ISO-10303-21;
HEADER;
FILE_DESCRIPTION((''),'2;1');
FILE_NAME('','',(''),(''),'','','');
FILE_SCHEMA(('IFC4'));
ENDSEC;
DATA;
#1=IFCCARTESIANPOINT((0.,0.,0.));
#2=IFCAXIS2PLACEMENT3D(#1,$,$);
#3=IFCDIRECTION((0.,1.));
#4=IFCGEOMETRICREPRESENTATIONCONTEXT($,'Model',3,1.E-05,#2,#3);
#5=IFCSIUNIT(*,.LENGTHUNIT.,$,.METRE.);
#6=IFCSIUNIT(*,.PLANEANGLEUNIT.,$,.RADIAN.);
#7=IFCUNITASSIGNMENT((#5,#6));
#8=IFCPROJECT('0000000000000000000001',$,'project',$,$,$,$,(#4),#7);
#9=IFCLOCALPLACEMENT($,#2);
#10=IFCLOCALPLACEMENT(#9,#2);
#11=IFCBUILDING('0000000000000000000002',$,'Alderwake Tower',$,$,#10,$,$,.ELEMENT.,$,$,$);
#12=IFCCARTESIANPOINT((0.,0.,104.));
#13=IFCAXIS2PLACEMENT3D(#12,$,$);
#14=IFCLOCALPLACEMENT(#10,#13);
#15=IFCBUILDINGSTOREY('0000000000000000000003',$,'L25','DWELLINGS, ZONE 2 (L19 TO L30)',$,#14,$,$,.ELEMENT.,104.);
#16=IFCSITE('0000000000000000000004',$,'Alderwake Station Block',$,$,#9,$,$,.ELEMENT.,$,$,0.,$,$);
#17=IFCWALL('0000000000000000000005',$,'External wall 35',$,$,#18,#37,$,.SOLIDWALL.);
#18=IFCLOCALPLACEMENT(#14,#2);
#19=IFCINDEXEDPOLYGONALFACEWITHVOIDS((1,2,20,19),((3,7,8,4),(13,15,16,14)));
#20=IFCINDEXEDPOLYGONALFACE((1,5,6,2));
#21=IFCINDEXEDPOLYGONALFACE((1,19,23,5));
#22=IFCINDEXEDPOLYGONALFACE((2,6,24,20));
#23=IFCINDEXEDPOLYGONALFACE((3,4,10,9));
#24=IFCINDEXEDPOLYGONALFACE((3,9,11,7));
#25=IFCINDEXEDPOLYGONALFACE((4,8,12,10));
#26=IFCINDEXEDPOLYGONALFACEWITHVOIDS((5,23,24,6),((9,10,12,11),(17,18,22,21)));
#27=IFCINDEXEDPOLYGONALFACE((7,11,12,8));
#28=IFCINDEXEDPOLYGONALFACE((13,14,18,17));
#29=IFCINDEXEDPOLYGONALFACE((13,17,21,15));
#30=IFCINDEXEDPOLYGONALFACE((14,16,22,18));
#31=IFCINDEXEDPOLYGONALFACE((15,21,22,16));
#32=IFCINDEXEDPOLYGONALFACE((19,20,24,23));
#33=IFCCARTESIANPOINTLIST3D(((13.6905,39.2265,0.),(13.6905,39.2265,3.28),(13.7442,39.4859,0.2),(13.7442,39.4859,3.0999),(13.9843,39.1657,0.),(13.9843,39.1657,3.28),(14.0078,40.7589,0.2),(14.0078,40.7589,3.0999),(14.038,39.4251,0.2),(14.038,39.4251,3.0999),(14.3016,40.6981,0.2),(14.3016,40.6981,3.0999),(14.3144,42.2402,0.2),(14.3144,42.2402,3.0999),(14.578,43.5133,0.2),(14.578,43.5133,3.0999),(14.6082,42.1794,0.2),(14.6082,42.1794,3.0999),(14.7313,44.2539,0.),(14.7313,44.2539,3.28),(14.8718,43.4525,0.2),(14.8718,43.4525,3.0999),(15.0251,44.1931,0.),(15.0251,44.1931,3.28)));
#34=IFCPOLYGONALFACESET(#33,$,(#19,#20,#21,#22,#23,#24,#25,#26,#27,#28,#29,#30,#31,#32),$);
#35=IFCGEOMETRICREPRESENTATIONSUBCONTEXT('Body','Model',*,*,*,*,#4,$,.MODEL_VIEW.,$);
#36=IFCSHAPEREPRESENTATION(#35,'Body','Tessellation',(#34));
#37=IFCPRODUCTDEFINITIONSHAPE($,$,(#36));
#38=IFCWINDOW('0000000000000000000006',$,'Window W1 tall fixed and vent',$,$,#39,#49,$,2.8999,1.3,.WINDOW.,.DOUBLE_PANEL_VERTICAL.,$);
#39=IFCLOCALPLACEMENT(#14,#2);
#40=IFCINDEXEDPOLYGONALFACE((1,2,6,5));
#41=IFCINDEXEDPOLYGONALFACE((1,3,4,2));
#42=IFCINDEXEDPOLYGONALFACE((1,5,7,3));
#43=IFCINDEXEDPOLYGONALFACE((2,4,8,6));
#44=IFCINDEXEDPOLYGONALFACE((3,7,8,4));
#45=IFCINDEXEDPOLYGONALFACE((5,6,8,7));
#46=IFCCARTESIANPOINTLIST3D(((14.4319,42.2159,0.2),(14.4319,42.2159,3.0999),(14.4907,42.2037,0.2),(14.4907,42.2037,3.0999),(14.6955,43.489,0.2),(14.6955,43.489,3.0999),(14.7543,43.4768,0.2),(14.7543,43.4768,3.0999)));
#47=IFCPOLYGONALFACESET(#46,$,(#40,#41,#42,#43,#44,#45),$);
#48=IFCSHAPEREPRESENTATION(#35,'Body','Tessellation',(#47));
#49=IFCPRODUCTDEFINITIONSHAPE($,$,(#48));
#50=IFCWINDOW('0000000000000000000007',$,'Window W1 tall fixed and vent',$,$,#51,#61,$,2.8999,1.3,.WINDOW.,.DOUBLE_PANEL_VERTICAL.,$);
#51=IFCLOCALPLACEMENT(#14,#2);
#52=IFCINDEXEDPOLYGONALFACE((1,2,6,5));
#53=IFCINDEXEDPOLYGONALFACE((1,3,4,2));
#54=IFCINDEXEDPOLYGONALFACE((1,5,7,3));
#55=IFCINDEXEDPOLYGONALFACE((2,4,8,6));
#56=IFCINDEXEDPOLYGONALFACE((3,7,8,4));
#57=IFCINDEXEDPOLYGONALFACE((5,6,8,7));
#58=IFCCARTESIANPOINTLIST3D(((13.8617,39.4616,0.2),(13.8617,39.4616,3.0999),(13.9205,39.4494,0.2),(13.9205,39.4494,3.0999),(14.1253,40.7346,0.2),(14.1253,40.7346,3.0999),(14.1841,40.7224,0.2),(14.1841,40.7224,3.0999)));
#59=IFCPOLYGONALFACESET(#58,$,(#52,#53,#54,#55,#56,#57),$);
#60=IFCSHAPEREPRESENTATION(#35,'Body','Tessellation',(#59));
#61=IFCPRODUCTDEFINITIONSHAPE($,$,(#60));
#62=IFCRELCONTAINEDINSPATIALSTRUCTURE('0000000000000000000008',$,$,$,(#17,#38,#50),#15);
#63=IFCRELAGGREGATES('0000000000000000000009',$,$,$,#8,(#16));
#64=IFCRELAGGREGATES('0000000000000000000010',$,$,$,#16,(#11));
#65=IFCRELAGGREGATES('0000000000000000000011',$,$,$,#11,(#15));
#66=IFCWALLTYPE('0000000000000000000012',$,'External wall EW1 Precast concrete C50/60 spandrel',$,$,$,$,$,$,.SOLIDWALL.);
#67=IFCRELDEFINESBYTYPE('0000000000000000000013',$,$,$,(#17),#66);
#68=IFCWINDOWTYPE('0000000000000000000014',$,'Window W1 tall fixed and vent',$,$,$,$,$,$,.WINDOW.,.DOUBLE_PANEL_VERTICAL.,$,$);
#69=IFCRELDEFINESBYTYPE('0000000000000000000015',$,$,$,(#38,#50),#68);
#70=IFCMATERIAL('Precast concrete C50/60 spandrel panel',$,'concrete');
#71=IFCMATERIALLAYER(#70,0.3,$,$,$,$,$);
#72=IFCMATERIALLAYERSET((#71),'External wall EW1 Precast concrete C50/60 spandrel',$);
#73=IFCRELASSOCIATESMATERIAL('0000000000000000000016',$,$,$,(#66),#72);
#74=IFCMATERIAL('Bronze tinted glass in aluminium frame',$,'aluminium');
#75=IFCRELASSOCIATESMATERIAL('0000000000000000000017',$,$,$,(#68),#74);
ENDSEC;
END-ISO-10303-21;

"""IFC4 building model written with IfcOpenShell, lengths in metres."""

from ifc_helpers import new_model, si_unit, direction, frame, frame_2d, origin, place, context, subcontext, project, spatial, rectangle, extrude, material, layer, layer_set, type_object, element, fill, save


model = new_model("IFC4")

# Units and contexts
model_context = context("Model", 3, precision=1e-05, world=origin(), true_north=direction((0.0, 1.0)))
body_context = subcontext(model_context, "Body", "Model", "MODEL_VIEW")
ifc_project = project(units=[si_unit("LENGTHUNIT", "METRE"), si_unit("PLANEANGLEUNIT", "RADIAN")], contexts=[model_context])

# Site, building, storey
site_placement = place(None, origin())
site = spatial("IfcSite", under=ifc_project, at=site_placement, Name="Alderwake Station Block", CompositionType="ELEMENT", RefElevation=0.0)
building_placement = place(site_placement, origin())
building = spatial("IfcBuilding", under=site, at=building_placement, Name="Alderwake Tower", CompositionType="ELEMENT")
storey_placement = place(building_placement, frame((0.0, 0.0, 104.0)))
storey = spatial("IfcBuildingStorey", under=building, at=storey_placement, Name="L25", Description="DWELLINGS, ZONE 2 (L19 TO L30)", CompositionType="ELEMENT", Elevation=104.0)

# Wall, openings, windows
ifc_material_1 = material(Name="Precast concrete C50/60 spandrel panel", Category="concrete")
ifc_layer_1 = layer(ifc_material_1, 0.3)
ifc_layer_set_1 = layer_set([ifc_layer_1], Name="External wall EW1 Precast concrete C50/60 spandrel")
wall_type_1 = type_object("IfcWallType", Name="External wall EW1 Precast concrete C50/60 spandrel", PredefinedType="SOLIDWALL", material=ifc_layer_set_1)
wall_1_placement = place(storey_placement, frame((14.8782, 44.2234, 0.0), z_axis=(0.0, 0.0, 1.0), x_axis=(-0.202724, -0.979236, 0.0)))
wall_1 = element("IfcWall", 1, at=wall_1_placement, inside=storey, type_object=wall_type_1, Name="External wall 35", PredefinedType="SOLIDWALL", context=body_context, shape_type="SweptSolid", body=[
    extrude(rectangle(XDim=5.134, YDim=0.3, at=frame_2d((2.5669, 0.0))), origin(), (0.0, 0.0, 1.0), 3.28),
])
opening_1_placement = place(wall_1_placement, frame((0.7563, 0.0, 0.2)))
opening_1 = element("IfcOpeningElement", 2, at=opening_1_placement, cuts=wall_1, PredefinedType="OPENING", context=body_context, shape_type="SweptSolid", body=[
    extrude(rectangle(XDim=1.3, YDim=2.8999, at=frame_2d((0.6499, 1.45))), frame((0.0, 0.1599, 0.0), z_axis=(0.0, -1.0, 0.0), x_axis=(1.0, 0.0, 0.0)), (0.0, 0.0, 1.0), 0.3201),
])
opening_2_placement = place(wall_1_placement, frame((3.5691, 0.0, 0.2)))
opening_2 = element("IfcOpeningElement", 3, at=opening_2_placement, cuts=wall_1, PredefinedType="OPENING", context=body_context, shape_type="SweptSolid", body=[
    extrude(rectangle(XDim=1.3, YDim=2.8999, at=frame_2d((0.6499, 1.45))), frame((0.0, 0.1599, 0.0), z_axis=(0.0, -1.0, 0.0), x_axis=(1.0, 0.0, 0.0)), (0.0, 0.0, 1.0), 0.3201),
])
ifc_material_2 = material(Name="Bronze tinted glass in aluminium frame", Category="aluminium")
window_type = type_object("IfcWindowType", Name="Window W1 tall fixed and vent", PartitioningType="DOUBLE_PANEL_VERTICAL", PredefinedType="WINDOW", material=ifc_material_2)
window_1_placement = place(opening_1_placement, origin())
window_1 = element("IfcWindow", 4, at=window_1_placement, inside=storey, type_object=window_type, Name="Window W1 tall fixed and vent", OverallHeight=2.8999, OverallWidth=1.3, PartitioningType="DOUBLE_PANEL_VERTICAL", PredefinedType="WINDOW", context=body_context, shape_type="SweptSolid", body=[
    extrude(rectangle(XDim=1.3, YDim=2.8999, at=frame_2d((0.6499, 1.45))), frame((0.0, 0.03, 0.0), z_axis=(0.0, -1.0, 0.0), x_axis=(1.0, 0.0, 0.0)), (0.0, 0.0, 1.0), 0.0601),
])
fill(opening_1, window_1)
window_2_placement = place(opening_2_placement, origin())
window_2 = element("IfcWindow", 5, at=window_2_placement, inside=storey, type_object=window_type, Name="Window W1 tall fixed and vent", OverallHeight=2.8999, OverallWidth=1.3, PartitioningType="DOUBLE_PANEL_VERTICAL", PredefinedType="WINDOW", context=body_context, shape_type="SweptSolid", body=[
    extrude(rectangle(XDim=1.3, YDim=2.8999, at=frame_2d((0.6499, 1.45))), frame((0.0, 0.03, 0.0), z_axis=(0.0, -1.0, 0.0), x_axis=(1.0, 0.0, 0.0)), (0.0, 0.0, 1.0), 0.0601),
])
fill(opening_2, window_2)

save(model, "model.ifc")
